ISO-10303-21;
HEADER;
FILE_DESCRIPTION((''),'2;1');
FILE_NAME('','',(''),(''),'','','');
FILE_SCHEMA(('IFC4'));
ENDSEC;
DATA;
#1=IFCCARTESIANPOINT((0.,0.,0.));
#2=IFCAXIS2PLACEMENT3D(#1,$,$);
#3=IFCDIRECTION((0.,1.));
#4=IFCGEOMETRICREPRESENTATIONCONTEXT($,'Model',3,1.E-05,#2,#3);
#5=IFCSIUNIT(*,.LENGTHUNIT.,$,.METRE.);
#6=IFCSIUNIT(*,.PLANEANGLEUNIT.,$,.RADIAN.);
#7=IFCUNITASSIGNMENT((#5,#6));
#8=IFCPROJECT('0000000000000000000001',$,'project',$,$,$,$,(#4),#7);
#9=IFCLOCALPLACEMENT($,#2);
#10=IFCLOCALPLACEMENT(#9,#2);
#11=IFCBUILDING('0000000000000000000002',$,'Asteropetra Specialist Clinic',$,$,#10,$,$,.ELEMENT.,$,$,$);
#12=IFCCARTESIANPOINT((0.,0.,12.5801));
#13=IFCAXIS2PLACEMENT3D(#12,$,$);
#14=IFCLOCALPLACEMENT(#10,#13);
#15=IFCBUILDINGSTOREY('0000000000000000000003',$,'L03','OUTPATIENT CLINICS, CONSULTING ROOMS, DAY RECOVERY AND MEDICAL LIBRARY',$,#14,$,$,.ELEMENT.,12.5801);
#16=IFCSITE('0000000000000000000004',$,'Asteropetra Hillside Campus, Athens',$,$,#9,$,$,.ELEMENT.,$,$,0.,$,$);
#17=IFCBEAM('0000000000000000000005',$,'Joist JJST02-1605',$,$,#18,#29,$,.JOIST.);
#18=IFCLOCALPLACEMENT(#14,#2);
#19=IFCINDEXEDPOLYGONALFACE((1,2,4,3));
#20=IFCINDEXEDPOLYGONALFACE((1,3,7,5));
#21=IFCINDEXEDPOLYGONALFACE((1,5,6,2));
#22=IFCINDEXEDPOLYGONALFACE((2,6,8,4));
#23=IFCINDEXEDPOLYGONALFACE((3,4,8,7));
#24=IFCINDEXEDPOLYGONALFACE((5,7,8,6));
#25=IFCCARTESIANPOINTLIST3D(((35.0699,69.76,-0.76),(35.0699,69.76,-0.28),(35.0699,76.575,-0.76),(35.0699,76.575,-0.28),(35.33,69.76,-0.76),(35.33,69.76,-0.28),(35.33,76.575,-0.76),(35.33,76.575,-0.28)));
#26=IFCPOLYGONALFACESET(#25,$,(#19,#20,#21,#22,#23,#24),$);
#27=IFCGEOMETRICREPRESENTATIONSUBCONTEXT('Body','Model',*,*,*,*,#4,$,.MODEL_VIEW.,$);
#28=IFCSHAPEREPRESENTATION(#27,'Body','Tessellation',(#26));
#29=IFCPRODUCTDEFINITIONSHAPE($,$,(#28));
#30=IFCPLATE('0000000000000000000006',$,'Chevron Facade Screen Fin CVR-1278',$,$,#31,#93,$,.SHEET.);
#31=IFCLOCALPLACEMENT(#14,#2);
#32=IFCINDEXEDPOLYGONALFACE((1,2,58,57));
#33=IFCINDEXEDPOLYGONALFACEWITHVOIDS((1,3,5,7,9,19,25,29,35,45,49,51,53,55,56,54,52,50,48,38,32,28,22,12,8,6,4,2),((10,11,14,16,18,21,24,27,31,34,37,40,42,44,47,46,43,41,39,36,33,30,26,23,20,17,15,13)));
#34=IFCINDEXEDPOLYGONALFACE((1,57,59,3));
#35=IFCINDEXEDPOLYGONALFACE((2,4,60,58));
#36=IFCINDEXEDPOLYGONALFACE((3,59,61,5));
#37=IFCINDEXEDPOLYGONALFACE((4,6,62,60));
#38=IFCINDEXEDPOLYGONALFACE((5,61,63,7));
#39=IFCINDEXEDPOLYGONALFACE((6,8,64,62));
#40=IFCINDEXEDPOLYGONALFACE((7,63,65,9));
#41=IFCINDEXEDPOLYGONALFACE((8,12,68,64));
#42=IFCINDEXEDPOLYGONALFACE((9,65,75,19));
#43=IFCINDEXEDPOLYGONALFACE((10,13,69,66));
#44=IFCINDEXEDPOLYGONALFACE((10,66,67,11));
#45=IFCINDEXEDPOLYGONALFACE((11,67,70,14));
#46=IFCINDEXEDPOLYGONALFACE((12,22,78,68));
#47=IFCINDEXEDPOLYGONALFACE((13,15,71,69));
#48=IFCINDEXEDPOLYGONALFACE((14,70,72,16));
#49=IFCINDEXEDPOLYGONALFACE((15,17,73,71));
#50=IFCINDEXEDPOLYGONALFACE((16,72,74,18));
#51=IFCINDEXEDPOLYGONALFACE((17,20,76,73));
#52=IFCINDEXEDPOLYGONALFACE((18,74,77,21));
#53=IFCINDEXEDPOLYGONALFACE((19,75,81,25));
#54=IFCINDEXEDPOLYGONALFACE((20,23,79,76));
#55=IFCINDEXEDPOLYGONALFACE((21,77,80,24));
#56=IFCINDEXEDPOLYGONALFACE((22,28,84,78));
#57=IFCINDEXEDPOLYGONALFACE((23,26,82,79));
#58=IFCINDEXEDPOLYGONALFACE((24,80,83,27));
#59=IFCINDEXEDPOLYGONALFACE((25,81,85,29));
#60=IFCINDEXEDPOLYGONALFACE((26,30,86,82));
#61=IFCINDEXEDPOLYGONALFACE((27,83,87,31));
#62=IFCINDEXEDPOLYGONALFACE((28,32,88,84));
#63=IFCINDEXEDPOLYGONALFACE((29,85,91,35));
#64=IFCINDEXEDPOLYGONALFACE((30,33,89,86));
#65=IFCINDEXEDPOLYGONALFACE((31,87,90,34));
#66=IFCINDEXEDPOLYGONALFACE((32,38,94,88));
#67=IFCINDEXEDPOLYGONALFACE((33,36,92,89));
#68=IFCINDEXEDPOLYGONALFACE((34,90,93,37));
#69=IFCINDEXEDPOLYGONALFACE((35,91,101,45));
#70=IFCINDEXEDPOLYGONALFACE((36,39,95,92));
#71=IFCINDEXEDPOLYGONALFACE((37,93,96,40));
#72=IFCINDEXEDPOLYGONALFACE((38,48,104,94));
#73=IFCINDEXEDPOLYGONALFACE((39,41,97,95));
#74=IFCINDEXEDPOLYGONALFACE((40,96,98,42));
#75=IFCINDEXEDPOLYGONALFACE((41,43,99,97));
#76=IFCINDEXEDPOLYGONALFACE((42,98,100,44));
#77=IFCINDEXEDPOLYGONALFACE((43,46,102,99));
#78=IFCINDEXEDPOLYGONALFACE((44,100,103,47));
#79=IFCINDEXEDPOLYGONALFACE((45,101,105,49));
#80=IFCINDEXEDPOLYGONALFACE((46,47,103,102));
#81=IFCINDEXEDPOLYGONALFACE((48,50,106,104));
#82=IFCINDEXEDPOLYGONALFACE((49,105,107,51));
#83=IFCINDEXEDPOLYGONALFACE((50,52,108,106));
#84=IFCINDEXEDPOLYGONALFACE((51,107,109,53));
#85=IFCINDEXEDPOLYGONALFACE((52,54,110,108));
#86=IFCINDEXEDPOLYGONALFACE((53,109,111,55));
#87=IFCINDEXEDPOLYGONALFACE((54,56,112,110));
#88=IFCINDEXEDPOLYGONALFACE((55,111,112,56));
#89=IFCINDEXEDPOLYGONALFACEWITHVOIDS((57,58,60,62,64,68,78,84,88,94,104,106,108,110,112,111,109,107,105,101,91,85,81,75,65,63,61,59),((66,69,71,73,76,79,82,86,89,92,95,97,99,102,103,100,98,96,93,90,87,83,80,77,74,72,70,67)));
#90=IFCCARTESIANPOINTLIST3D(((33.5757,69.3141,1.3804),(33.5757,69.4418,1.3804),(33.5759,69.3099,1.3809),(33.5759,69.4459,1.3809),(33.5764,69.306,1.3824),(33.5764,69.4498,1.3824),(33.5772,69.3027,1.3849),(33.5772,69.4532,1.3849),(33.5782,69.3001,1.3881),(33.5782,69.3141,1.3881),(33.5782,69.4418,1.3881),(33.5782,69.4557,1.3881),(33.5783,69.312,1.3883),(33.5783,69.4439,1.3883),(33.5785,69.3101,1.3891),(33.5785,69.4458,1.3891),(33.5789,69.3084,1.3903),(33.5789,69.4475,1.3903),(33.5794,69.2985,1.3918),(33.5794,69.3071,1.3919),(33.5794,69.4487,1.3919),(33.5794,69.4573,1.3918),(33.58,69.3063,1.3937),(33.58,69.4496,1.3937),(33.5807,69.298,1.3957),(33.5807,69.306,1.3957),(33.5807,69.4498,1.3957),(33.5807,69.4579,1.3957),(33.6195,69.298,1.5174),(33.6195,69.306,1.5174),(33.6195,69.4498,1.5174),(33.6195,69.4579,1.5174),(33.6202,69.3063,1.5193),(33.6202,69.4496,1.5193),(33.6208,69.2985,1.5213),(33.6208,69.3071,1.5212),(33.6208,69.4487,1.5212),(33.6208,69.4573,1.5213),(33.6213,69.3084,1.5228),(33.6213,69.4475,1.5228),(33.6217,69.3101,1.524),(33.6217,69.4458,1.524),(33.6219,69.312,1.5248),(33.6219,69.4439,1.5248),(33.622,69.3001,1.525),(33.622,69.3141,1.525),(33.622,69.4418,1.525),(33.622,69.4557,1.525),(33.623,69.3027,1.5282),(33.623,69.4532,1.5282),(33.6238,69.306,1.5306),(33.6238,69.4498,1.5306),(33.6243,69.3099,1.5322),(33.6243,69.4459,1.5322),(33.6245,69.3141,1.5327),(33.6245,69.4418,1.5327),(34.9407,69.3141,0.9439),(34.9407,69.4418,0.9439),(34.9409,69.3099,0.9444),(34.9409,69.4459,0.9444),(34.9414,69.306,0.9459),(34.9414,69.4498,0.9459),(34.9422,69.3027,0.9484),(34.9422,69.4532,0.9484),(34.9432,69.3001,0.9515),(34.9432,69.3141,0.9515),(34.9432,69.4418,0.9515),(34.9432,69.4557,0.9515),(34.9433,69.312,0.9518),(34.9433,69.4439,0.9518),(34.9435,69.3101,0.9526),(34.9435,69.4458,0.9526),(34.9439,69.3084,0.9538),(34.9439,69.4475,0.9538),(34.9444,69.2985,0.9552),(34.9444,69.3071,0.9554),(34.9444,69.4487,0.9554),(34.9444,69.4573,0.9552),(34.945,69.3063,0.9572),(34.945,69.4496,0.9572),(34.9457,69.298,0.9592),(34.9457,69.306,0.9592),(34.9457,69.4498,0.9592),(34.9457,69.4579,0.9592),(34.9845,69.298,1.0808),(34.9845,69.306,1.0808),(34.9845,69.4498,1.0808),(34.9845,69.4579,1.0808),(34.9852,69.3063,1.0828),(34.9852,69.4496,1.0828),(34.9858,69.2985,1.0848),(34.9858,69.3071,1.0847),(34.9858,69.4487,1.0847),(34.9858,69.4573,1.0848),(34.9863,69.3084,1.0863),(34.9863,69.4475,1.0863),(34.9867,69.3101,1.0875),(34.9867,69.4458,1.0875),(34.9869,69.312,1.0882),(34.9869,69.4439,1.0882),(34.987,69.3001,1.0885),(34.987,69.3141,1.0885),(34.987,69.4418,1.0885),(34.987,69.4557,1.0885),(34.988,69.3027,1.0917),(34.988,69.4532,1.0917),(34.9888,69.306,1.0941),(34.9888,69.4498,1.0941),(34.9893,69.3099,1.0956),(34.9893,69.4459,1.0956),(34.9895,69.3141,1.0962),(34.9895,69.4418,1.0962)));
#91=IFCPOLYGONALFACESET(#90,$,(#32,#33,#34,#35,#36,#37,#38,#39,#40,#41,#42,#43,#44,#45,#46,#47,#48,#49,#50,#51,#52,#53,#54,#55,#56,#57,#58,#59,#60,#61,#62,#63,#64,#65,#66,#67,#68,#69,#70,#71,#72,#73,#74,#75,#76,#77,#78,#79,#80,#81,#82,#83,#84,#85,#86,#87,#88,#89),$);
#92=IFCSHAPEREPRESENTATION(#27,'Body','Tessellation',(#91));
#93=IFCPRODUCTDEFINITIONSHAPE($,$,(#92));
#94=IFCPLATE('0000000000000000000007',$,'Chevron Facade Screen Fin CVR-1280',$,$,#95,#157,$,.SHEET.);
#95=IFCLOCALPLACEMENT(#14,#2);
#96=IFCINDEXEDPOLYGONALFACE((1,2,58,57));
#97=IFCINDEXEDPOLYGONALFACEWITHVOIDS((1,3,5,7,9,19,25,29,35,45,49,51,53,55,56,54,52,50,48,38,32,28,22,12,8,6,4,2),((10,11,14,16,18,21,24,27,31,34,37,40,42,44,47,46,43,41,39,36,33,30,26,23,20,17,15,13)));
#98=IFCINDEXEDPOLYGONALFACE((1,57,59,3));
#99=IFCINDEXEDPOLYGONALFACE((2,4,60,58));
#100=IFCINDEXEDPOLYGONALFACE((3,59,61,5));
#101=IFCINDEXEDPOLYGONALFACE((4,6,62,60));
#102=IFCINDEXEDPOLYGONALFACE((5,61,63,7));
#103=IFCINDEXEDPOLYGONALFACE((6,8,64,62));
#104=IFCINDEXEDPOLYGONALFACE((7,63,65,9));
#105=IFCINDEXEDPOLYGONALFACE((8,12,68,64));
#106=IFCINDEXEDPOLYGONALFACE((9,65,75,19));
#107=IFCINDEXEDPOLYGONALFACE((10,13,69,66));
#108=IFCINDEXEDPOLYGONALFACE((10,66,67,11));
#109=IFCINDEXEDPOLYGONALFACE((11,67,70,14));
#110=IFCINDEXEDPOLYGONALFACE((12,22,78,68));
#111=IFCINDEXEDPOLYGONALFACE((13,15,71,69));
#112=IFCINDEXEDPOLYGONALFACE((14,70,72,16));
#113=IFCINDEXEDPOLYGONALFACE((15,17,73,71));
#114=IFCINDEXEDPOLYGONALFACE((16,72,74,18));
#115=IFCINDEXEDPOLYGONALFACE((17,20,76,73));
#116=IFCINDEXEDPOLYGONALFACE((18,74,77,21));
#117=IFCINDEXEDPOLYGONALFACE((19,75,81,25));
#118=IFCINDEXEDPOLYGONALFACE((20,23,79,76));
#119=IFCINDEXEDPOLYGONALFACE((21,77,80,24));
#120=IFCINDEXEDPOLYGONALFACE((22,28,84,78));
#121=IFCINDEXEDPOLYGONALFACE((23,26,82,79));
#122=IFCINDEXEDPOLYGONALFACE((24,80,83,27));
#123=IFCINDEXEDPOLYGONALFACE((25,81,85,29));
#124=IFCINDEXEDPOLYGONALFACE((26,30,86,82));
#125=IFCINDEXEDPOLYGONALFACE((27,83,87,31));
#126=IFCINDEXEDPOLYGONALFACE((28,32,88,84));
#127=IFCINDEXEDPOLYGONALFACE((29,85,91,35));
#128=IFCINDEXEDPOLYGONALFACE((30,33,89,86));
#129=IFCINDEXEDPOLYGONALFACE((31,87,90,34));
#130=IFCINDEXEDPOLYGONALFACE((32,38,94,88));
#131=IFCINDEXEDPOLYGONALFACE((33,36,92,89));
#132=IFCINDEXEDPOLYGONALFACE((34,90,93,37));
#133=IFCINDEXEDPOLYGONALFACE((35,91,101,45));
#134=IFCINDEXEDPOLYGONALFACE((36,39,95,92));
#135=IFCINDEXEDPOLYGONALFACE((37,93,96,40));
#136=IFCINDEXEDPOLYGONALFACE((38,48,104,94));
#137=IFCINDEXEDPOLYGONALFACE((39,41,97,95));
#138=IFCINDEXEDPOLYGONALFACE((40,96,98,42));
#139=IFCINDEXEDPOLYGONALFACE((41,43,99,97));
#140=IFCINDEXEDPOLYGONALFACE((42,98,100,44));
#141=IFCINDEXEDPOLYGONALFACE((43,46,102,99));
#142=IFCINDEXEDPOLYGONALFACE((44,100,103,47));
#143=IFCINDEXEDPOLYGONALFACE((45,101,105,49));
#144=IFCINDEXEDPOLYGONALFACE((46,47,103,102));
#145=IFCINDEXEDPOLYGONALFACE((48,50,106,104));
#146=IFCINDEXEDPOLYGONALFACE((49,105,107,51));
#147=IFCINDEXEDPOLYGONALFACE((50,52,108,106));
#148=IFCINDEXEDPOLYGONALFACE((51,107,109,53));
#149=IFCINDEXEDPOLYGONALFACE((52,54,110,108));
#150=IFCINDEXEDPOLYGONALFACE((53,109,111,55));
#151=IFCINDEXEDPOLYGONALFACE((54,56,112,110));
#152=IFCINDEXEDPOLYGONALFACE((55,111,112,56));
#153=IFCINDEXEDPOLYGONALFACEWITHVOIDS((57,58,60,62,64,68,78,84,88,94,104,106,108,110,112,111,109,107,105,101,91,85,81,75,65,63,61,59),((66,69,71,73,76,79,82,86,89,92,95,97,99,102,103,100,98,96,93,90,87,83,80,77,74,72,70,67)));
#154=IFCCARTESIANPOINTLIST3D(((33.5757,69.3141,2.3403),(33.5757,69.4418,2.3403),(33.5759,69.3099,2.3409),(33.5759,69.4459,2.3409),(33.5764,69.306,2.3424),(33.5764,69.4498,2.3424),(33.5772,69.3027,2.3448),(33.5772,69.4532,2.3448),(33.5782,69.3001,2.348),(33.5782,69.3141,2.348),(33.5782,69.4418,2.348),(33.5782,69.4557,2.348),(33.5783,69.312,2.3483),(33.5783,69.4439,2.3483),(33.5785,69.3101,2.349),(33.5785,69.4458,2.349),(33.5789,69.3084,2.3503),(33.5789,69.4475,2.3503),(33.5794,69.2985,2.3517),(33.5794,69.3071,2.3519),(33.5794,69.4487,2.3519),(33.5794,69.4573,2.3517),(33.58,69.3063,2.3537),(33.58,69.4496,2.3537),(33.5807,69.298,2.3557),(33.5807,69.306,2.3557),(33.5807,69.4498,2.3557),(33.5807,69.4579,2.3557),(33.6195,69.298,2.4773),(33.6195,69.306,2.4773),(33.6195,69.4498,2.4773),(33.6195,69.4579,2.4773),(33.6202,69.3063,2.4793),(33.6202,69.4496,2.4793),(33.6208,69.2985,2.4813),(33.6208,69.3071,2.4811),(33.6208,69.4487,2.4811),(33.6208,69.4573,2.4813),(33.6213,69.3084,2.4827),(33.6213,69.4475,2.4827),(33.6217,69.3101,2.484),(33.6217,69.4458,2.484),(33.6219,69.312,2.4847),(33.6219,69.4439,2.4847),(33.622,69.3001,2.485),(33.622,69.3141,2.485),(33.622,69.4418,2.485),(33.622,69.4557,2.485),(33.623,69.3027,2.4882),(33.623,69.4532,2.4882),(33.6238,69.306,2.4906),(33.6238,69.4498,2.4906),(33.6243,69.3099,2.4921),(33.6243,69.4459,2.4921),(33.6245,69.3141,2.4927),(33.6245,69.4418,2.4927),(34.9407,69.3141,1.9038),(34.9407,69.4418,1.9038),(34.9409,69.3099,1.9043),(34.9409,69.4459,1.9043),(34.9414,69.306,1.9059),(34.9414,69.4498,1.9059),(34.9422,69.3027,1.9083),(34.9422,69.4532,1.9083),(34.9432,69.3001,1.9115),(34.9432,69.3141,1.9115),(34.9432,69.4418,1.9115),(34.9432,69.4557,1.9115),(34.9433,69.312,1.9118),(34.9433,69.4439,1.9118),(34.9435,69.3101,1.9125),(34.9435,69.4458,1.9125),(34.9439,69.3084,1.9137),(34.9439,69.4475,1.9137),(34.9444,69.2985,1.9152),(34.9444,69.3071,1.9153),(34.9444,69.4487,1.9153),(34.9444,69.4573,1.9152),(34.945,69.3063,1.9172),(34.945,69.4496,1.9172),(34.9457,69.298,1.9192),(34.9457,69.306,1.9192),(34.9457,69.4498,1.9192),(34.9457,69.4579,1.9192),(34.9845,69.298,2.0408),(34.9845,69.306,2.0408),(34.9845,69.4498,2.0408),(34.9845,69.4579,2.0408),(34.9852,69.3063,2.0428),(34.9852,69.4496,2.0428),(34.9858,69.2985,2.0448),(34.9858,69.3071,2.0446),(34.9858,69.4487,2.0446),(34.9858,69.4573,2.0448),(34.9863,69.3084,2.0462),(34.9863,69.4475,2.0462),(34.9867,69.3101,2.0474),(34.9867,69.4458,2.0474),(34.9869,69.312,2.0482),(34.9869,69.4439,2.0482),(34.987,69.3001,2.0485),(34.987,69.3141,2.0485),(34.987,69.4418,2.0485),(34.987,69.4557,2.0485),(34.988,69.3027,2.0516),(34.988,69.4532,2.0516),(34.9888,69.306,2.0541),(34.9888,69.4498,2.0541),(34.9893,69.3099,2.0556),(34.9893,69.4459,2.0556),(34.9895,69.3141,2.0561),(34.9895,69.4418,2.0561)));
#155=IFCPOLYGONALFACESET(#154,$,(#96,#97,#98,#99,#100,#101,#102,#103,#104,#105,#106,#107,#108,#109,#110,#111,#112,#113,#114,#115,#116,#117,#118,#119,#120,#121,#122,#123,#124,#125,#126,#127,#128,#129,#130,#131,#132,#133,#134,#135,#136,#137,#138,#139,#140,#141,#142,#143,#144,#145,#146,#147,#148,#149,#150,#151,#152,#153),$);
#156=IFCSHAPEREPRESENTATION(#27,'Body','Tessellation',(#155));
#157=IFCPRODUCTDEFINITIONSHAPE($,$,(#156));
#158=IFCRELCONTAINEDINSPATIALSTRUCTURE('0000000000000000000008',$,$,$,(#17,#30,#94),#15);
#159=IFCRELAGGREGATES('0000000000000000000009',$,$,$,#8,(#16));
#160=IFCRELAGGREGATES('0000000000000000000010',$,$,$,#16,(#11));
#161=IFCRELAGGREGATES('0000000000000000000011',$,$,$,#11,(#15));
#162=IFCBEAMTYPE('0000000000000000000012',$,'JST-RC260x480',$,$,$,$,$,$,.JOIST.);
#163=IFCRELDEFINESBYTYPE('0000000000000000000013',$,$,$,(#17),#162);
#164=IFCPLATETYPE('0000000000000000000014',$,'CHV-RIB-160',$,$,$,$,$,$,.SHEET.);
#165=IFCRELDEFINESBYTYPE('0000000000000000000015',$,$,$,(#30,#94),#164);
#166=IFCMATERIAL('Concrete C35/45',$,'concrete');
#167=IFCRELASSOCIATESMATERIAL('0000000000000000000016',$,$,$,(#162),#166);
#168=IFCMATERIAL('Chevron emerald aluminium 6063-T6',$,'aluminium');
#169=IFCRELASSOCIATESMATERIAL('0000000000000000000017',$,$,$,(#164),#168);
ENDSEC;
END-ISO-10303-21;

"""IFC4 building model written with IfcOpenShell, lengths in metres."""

from ifc_helpers import new_model, si_unit, direction, frame, origin, origin_2d, place, context, subcontext, project, spatial, rectangle, hollow_rectangle, extrude, material, material_profile, profile_set, type_object, element, save


model = new_model("IFC4")

# Units and contexts
model_context = context("Model", 3, precision=1e-05, world=origin(), true_north=direction((0.0, 1.0)))
body_context = subcontext(model_context, "Body", "Model", "MODEL_VIEW")
ifc_project = project(units=[si_unit("LENGTHUNIT", "METRE"), si_unit("PLANEANGLEUNIT", "RADIAN")], contexts=[model_context])

# Site, building, storey
site_placement = place(None, origin())
site = spatial("IfcSite", under=ifc_project, at=site_placement, Name="Asteropetra Hillside Campus, Athens", CompositionType="ELEMENT", RefElevation=0.0)
building_placement = place(site_placement, origin())
building = spatial("IfcBuilding", under=site, at=building_placement, Name="Asteropetra Specialist Clinic", CompositionType="ELEMENT")
storey_placement = place(building_placement, frame((0.0, 0.0, 12.5801)))
storey = spatial("IfcBuildingStorey", under=building, at=storey_placement, Name="L03", Description="OUTPATIENT CLINICS, CONSULTING ROOMS, DAY RECOVERY AND MEDICAL LIBRARY", CompositionType="ELEMENT", Elevation=12.5801)

# Beam
ifc_material_1 = material(Name="Concrete C35/45", Category="concrete")
ifc_material_profile_1 = material_profile(ifc_material_1, rectangle(XDim=0.26, YDim=0.48, at=origin_2d()), Name="RCJ 260x480")
ifc_profile_set_1 = profile_set([ifc_material_profile_1], Name="Concrete C35/45")
beam_type = type_object("IfcBeamType", Name="JST-RC260x480", PredefinedType="JOIST", material=ifc_profile_set_1)
beam_placement = place(storey_placement, frame((35.2, 69.76, -0.52), z_axis=(0.0, 1.0, 0.0), x_axis=(-1.0, 0.0, 0.0)))
element("IfcBeam", 1, at=beam_placement, inside=storey, type_object=beam_type, Name="Joist JJST02-1605", PredefinedType="JOIST", context=body_context, shape_type="SweptSolid", body=[
    extrude(rectangle(XDim=0.26, YDim=0.48, at=origin_2d()), origin(), (0.0, 0.0, 1.0), 6.8149),
])

# Plates
ifc_material_2 = material(Name="Chevron emerald aluminium 6063-T6", Category="aluminium")
ifc_material_profile_2 = material_profile(ifc_material_2, hollow_rectangle(XDim=0.1599, YDim=0.1599, WallThickness=0.0081, InnerFilletRadius=0.0081, OuterFilletRadius=0.0161, at=origin_2d()), Name="SHS 160x160x8.0")
ifc_profile_set_2 = profile_set([ifc_material_profile_2], Name="Chevron emerald aluminium 6063-T6")
plate_type_1 = type_object("IfcPlateType", Name="CHV-RIB-160", PredefinedType="SHEET", material=ifc_profile_set_2)
for number, where, z_axis, x_axis, name in (
    (2, (33.6001, 69.3779, 1.4565), (0.95248, 0.0, -0.304603), (0.0, 1.0, 0.0), "Chevron Facade Screen Fin CVR-1278"),
    (3, (33.6001, 69.3779, 2.4165), (0.95248, 0.0, -0.304603), (0.0, 1.0, 0.0), "Chevron Facade Screen Fin CVR-1280"),
):
    element("IfcPlate", number, at=place(storey_placement, frame(where, z_axis=z_axis, x_axis=x_axis)), inside=storey, type_object=plate_type_1, Name=name, PredefinedType="SHEET", context=body_context, shape_type="SweptSolid", body=[
        extrude(hollow_rectangle(XDim=0.1599, YDim=0.1599, WallThickness=0.0081, InnerFilletRadius=0.0081, OuterFilletRadius=0.0161, at=origin_2d()), origin(), (0.0, 0.0, 1.0), 1.4331),
    ])

save(model, "model.ifc")
